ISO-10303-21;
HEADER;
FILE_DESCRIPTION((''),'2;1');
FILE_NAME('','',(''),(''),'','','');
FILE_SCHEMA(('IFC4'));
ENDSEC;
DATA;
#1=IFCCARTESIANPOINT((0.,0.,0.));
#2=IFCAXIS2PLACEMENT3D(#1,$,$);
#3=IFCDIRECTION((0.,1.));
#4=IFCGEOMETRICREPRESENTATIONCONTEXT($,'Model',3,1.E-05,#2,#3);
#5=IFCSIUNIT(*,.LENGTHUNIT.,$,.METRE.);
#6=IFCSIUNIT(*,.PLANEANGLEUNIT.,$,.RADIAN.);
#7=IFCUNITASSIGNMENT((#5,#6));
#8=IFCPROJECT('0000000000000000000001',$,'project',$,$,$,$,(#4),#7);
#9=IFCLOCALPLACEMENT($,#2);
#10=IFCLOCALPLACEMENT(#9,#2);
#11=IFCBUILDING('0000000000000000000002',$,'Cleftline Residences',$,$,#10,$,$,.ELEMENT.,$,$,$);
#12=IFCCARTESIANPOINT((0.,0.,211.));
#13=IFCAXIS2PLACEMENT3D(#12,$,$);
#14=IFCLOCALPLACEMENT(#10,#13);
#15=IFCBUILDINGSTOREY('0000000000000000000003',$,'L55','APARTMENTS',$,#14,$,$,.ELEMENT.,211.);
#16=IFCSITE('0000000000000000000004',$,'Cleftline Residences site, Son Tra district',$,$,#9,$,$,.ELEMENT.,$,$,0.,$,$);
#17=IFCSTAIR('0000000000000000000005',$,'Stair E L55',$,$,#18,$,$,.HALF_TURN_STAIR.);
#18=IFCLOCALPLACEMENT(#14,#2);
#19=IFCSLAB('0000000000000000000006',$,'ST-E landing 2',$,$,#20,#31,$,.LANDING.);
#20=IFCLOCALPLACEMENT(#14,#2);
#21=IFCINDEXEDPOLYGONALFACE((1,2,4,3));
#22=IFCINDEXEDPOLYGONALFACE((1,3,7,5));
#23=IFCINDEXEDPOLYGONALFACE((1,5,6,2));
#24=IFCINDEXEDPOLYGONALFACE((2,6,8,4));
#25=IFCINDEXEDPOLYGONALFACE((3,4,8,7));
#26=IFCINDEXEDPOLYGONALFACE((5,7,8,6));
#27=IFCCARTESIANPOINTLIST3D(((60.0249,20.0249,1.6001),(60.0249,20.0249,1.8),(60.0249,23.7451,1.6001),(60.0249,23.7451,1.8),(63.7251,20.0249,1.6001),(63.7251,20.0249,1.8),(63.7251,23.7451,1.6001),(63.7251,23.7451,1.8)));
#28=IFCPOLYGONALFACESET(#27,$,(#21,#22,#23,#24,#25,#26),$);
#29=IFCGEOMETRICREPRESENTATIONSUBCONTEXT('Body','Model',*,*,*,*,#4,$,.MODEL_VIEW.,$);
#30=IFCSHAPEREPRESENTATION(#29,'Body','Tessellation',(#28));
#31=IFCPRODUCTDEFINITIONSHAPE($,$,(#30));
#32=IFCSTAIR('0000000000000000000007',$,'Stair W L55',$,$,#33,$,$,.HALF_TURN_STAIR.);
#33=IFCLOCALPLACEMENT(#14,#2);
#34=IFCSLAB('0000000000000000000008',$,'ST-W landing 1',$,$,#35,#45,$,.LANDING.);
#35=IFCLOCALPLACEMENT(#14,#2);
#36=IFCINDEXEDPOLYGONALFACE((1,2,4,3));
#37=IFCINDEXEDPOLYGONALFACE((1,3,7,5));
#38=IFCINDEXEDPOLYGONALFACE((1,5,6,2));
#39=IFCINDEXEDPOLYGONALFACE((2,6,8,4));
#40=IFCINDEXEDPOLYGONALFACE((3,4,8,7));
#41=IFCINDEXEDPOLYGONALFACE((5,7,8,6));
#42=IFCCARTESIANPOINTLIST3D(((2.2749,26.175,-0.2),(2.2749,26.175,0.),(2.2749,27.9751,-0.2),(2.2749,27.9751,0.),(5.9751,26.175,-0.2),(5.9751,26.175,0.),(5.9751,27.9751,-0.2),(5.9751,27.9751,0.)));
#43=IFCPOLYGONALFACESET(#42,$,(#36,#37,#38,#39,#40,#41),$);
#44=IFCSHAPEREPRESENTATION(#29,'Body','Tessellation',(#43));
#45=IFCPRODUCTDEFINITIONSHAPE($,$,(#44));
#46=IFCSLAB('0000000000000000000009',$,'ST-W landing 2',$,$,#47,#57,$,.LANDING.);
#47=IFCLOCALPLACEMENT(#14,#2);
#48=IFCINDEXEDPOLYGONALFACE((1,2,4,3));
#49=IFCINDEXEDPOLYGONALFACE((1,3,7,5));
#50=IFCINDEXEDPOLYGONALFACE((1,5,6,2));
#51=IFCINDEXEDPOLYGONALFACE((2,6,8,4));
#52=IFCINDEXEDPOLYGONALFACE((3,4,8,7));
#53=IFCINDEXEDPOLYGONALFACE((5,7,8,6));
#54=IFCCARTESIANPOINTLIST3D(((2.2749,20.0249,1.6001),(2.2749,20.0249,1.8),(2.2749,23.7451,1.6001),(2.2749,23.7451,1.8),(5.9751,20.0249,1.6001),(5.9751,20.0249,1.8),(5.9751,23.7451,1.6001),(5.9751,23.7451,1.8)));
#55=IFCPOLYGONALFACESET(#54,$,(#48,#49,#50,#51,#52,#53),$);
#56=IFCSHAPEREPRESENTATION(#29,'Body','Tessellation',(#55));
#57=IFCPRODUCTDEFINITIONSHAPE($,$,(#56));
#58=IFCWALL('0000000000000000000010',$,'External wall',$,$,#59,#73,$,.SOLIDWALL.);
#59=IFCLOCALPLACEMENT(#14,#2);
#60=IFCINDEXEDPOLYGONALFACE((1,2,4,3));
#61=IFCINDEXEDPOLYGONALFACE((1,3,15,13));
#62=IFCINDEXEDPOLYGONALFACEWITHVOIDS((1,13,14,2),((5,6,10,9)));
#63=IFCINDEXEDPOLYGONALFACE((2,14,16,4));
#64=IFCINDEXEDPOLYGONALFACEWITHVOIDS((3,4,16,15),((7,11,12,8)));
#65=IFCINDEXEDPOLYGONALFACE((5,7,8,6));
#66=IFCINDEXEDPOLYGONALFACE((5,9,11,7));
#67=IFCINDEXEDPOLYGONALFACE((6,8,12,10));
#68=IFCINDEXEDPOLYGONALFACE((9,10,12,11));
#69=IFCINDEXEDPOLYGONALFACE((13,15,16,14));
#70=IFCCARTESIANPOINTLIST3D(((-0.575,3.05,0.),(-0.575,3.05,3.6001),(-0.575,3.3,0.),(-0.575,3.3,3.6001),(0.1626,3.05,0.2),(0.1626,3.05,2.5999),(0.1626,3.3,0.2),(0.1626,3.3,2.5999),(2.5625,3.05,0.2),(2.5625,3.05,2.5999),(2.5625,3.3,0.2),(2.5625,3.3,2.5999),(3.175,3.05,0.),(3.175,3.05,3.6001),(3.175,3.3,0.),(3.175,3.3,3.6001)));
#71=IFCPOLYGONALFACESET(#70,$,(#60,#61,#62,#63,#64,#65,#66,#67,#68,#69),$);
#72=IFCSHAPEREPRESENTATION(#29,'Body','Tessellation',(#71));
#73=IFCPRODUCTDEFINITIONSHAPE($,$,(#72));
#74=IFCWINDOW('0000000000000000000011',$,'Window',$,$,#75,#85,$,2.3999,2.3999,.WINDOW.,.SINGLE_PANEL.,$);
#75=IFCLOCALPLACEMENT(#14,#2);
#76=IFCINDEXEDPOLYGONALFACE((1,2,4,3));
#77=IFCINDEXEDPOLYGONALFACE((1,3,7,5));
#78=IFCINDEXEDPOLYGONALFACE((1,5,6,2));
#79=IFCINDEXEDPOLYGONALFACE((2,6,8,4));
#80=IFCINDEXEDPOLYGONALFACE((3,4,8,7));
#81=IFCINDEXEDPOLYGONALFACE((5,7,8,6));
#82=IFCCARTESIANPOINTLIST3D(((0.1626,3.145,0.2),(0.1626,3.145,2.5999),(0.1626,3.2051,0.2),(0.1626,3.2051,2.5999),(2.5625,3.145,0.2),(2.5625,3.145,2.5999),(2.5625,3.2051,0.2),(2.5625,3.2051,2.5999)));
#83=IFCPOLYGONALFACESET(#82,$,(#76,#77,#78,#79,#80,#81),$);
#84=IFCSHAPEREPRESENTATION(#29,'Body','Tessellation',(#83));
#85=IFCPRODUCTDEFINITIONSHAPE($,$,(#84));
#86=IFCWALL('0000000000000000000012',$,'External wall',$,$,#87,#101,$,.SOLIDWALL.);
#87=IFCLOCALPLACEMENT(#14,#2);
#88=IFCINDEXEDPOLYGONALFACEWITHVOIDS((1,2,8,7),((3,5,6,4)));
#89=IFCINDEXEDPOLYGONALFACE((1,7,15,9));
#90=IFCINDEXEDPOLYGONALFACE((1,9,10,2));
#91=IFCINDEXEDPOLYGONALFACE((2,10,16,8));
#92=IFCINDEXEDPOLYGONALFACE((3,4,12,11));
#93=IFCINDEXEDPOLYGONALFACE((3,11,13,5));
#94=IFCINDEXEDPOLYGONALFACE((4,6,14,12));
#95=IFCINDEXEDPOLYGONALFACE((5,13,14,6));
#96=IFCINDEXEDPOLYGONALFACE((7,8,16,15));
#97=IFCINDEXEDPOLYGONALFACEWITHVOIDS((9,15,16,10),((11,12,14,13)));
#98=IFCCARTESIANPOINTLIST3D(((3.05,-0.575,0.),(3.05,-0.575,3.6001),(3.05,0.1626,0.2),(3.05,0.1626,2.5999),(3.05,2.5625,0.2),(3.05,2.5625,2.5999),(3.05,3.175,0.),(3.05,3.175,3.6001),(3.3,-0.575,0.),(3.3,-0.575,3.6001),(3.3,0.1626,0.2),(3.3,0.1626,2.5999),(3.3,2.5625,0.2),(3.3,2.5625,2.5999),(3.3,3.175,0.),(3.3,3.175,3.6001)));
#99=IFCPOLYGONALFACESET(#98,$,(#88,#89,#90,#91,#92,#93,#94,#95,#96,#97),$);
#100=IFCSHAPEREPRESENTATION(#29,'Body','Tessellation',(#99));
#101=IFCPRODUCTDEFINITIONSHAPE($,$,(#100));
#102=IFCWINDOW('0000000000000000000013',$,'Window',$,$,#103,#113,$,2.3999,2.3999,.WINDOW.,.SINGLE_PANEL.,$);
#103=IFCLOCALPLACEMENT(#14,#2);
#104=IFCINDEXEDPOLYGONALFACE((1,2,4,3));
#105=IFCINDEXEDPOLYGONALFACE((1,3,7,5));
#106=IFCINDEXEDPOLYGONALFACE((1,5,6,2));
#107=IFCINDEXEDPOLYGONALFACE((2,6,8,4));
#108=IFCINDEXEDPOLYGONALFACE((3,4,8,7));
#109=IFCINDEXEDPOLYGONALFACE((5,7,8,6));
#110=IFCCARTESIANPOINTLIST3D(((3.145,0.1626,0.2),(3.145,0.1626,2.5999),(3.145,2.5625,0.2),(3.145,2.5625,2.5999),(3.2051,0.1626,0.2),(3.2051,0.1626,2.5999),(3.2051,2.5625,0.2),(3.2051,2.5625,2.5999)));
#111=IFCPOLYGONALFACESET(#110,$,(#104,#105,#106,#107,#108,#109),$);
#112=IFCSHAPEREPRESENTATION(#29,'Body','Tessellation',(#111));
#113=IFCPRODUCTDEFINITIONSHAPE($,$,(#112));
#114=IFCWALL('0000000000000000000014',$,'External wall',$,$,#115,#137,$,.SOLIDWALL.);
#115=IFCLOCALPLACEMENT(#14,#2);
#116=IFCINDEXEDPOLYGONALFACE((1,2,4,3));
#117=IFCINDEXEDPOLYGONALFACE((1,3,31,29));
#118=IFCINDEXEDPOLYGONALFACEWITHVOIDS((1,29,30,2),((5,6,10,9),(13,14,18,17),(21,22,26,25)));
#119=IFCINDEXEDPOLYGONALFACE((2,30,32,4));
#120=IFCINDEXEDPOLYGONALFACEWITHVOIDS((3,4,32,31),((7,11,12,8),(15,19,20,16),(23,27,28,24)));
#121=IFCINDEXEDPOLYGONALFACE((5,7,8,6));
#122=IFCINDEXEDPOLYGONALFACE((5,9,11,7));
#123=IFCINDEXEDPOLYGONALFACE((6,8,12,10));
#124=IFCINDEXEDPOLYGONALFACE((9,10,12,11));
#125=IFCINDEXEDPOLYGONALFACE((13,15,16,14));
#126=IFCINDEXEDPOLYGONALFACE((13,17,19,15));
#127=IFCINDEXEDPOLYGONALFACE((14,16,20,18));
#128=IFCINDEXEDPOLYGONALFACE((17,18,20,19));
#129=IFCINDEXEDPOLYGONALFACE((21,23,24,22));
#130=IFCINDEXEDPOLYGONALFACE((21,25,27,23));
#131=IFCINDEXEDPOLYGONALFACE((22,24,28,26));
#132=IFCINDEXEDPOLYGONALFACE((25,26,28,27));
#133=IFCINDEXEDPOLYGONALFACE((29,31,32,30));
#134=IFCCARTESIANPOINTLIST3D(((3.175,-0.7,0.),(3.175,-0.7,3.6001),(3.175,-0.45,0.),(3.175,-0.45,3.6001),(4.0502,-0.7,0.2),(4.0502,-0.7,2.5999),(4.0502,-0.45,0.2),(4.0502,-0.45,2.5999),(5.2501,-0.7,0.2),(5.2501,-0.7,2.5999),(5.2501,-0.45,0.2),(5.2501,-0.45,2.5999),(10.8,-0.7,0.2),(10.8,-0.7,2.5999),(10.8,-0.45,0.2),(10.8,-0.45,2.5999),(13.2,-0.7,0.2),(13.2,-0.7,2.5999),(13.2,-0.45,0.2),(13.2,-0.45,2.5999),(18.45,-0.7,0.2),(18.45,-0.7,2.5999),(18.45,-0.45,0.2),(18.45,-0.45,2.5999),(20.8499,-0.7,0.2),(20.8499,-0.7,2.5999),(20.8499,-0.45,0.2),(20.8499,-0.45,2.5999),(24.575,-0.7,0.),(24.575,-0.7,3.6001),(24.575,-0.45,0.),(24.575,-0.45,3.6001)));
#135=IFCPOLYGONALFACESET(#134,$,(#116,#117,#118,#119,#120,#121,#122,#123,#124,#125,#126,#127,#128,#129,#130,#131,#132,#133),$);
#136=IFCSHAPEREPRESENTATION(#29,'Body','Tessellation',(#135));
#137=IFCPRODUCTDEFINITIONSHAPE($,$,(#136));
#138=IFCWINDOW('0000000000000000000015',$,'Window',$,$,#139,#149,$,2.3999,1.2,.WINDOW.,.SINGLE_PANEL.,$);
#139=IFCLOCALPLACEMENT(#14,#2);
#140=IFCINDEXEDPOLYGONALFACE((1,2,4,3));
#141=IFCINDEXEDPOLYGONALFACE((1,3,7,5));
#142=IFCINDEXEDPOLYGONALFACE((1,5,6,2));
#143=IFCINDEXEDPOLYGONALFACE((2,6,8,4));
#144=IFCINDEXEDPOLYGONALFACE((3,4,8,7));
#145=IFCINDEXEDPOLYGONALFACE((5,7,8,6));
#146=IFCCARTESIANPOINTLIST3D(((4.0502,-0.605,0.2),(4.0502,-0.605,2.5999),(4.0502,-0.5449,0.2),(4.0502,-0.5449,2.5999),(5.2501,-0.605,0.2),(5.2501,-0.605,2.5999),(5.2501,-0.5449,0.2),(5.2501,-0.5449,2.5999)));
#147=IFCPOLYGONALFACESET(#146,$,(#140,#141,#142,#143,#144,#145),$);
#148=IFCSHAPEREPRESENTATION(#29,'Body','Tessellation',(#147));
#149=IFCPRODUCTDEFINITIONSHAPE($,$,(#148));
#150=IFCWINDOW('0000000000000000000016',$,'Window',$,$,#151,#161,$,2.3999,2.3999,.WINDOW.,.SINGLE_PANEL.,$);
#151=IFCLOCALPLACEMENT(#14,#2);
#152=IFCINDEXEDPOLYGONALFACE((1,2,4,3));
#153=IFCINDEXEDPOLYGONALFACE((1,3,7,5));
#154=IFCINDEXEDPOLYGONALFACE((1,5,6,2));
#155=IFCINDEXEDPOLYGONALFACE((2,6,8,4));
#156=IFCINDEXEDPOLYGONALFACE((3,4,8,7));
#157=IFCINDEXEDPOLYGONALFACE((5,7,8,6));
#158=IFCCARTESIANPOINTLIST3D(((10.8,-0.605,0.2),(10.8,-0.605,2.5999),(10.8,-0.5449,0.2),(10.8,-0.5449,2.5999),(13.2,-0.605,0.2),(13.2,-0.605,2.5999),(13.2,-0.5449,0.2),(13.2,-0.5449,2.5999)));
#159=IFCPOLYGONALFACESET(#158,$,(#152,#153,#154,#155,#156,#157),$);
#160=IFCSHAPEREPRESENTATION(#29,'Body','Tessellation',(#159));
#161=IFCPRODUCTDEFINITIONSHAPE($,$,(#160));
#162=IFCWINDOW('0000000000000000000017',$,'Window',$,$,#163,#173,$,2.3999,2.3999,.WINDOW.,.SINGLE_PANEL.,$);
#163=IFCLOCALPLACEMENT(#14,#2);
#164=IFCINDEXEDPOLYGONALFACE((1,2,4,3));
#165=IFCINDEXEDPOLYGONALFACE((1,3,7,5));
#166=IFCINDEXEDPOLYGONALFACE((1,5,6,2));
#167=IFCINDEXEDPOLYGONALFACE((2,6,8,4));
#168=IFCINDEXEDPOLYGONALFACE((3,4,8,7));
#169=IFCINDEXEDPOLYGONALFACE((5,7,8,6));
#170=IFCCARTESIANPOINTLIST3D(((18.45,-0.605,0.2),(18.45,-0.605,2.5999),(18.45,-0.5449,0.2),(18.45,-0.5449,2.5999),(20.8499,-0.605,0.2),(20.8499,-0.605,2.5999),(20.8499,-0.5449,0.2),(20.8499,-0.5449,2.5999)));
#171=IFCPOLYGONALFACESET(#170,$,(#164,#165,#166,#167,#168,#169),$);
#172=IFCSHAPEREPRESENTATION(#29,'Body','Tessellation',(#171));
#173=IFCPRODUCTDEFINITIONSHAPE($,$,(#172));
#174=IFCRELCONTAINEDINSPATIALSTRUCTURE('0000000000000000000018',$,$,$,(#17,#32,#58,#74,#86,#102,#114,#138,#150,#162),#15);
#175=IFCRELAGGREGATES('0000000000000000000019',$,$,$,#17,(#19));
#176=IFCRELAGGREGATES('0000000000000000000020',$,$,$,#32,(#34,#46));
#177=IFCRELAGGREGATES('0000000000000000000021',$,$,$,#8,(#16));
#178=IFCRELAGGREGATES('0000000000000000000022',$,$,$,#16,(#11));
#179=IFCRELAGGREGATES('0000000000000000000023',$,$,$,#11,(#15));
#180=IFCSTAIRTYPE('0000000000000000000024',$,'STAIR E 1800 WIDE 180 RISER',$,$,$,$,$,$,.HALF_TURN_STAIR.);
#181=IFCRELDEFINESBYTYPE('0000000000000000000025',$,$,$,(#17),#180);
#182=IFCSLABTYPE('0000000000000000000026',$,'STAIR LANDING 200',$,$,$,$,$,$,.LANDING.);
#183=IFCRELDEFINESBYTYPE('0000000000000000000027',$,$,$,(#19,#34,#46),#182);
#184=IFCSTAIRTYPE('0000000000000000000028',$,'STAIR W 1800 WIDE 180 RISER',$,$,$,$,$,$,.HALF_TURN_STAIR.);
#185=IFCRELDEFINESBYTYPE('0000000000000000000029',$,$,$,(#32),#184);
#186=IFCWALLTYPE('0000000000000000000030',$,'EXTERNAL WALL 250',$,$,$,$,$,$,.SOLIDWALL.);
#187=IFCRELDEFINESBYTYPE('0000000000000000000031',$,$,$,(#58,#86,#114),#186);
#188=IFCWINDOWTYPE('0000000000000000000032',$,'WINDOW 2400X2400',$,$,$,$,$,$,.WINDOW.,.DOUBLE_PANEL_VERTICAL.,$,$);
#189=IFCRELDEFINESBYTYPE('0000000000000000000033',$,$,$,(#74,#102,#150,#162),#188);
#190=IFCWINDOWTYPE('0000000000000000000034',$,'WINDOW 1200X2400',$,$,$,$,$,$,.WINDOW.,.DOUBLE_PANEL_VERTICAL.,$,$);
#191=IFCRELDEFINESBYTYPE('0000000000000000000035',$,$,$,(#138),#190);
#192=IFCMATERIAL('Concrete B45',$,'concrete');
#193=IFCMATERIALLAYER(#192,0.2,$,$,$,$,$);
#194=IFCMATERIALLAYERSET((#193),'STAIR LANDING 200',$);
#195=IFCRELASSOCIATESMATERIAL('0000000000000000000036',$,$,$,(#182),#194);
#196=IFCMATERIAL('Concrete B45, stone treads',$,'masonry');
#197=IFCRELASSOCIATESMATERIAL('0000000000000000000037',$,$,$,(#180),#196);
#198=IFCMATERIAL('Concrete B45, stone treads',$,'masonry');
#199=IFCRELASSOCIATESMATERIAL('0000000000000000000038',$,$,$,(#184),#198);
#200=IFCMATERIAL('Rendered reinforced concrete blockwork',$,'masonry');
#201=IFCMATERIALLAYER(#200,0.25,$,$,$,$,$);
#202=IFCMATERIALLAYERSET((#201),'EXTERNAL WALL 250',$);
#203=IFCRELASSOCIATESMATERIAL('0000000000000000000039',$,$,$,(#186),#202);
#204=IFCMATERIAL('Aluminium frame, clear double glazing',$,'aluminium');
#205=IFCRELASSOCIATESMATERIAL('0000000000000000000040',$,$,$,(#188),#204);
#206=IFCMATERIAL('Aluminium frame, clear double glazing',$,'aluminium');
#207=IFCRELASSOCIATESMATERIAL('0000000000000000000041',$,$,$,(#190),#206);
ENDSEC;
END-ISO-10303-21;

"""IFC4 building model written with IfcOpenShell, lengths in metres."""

from ifc_helpers import new_model, si_unit, direction, frame, frame_2d, origin, place, context, subcontext, project, spatial, polyline, rectangle, outline, extrude, material, layer, layer_set, type_object, element, fill, aggregate, save


model = new_model("IFC4")

# Units and contexts
model_context = context("Model", 3, precision=1e-05, world=origin(), true_north=direction((0.0, 1.0)))
body_context = subcontext(model_context, "Body", "Model", "MODEL_VIEW")
ifc_project = project(units=[si_unit("LENGTHUNIT", "METRE"), si_unit("PLANEANGLEUNIT", "RADIAN")], contexts=[model_context])

# Site, building, storey
site_placement = place(None, origin())
site = spatial("IfcSite", under=ifc_project, at=site_placement, Name="Cleftline Residences site, Son Tra district", CompositionType="ELEMENT", RefElevation=0.0)
building_placement = place(site_placement, origin())
building = spatial("IfcBuilding", under=site, at=building_placement, Name="Cleftline Residences", CompositionType="ELEMENT")
storey_placement = place(building_placement, frame((0.0, 0.0, 211.0)))
storey = spatial("IfcBuildingStorey", under=building, at=storey_placement, Name="L55", Description="APARTMENTS", CompositionType="ELEMENT", Elevation=211.0)

# Stairs, slabs
ifc_material_1 = material(Name="Concrete B45", Category="concrete")
ifc_layer_1 = layer(ifc_material_1, 0.2)
ifc_layer_set_1 = layer_set([ifc_layer_1], Name="STAIR LANDING 200")
slab_type_1 = type_object("IfcSlabType", Name="STAIR LANDING 200", PredefinedType="LANDING", material=ifc_layer_set_1)
ifc_material_2 = material(Name="Concrete B45, stone treads", Category="masonry")
stair_type_1 = type_object("IfcStairType", Name="STAIR E 1800 WIDE 180 RISER", PredefinedType="HALF_TURN_STAIR", material=ifc_material_2)
stair_1_placement = place(storey_placement, origin())
stair_1 = element("IfcStair", 1, at=stair_1_placement, inside=storey, type_object=stair_type_1, Name="Stair E L55", PredefinedType="HALF_TURN_STAIR")
slab_1_placement = place(storey_placement, frame((0.0, 0.0, 1.6001)))
slab_1 = element("IfcSlab", 2, at=slab_1_placement, type_object=slab_type_1, Name="ST-E landing 2", PredefinedType="LANDING", context=body_context, shape_type="SweptSolid", body=[
    extrude(outline(polyline([(60.0249, 20.0249), (63.7251, 20.0249), (63.7251, 23.7451), (60.0249, 23.7451), (60.0249, 20.0249)])), origin(), (0.0, 0.0, 1.0), 0.2),
])
aggregate(stair_1, [slab_1])
ifc_material_3 = material(Name="Concrete B45, stone treads", Category="masonry")
stair_type_2 = type_object("IfcStairType", Name="STAIR W 1800 WIDE 180 RISER", PredefinedType="HALF_TURN_STAIR", material=ifc_material_3)
stair_2_placement = place(storey_placement, origin())
stair_2 = element("IfcStair", 3, at=stair_2_placement, inside=storey, type_object=stair_type_2, Name="Stair W L55", PredefinedType="HALF_TURN_STAIR")
slab_2_placement = place(storey_placement, frame((0.0, 0.0, -0.2)))
slab_2 = element("IfcSlab", 4, at=slab_2_placement, type_object=slab_type_1, Name="ST-W landing 1", PredefinedType="LANDING", context=body_context, shape_type="SweptSolid", body=[
    extrude(outline(polyline([(2.2749, 26.175), (5.9751, 26.175), (5.9751, 27.9751), (2.2749, 27.9751), (2.2749, 26.175)])), origin(), (0.0, 0.0, 1.0), 0.2),
])
slab_3_placement = place(storey_placement, frame((0.0, 0.0, 1.6001)))
slab_3 = element("IfcSlab", 5, at=slab_3_placement, type_object=slab_type_1, Name="ST-W landing 2", PredefinedType="LANDING", context=body_context, shape_type="SweptSolid", body=[
    extrude(outline(polyline([(2.2749, 20.0249), (5.9751, 20.0249), (5.9751, 23.7451), (2.2749, 23.7451), (2.2749, 20.0249)])), origin(), (0.0, 0.0, 1.0), 0.2),
])
aggregate(stair_2, [slab_2, slab_3])

# Walls, openings, windows
ifc_material_4 = material(Name="Rendered reinforced concrete blockwork", Category="masonry")
ifc_layer_2 = layer(ifc_material_4, 0.25)
ifc_layer_set_2 = layer_set([ifc_layer_2], Name="EXTERNAL WALL 250")
wall_type_1 = type_object("IfcWallType", Name="EXTERNAL WALL 250", PredefinedType="SOLIDWALL", material=ifc_layer_set_2)
wall_1_placement = place(storey_placement, frame((-0.575, 3.175, 0.0), z_axis=(0.0, 0.0, 1.0), x_axis=(1.0, 0.0, 0.0)))
wall_1 = element("IfcWall", 6, at=wall_1_placement, inside=storey, type_object=wall_type_1, Name="External wall", PredefinedType="SOLIDWALL", context=body_context, shape_type="SweptSolid", body=[
    extrude(rectangle(XDim=3.75, YDim=0.25, at=frame_2d((1.875, 0.0))), origin(), (0.0, 0.0, 1.0), 3.6001),
])
opening_1_placement = place(wall_1_placement, frame((0.7375, 0.0, 0.2)))
opening_1 = element("IfcOpeningElement", 7, at=opening_1_placement, cuts=wall_1, PredefinedType="OPENING", context=body_context, shape_type="SweptSolid", body=[
    extrude(rectangle(XDim=2.3999, YDim=2.3999, at=frame_2d((1.2, 1.2))), frame((0.0, 0.135, 0.0), z_axis=(0.0, -1.0, 0.0), x_axis=(1.0, 0.0, 0.0)), (0.0, 0.0, 1.0), 0.27),
])
ifc_material_5 = material(Name="Aluminium frame, clear double glazing", Category="aluminium")
window_type_1 = type_object("IfcWindowType", Name="WINDOW 2400X2400", PartitioningType="DOUBLE_PANEL_VERTICAL", PredefinedType="WINDOW", material=ifc_material_5)
window_1_placement = place(opening_1_placement, origin())
window_1 = element("IfcWindow", 8, at=window_1_placement, inside=storey, type_object=window_type_1, Name="Window", OverallHeight=2.3999, OverallWidth=2.3999, PartitioningType="SINGLE_PANEL", PredefinedType="WINDOW", context=body_context, shape_type="SweptSolid", body=[
    extrude(rectangle(XDim=2.3999, YDim=2.3999, at=frame_2d((1.2, 1.2))), frame((0.0, 0.03, 0.0), z_axis=(0.0, -1.0, 0.0), x_axis=(1.0, 0.0, 0.0)), (0.0, 0.0, 1.0), 0.0601),
])
fill(opening_1, window_1)
wall_2_placement = place(storey_placement, frame((3.175, 3.175, 0.0), z_axis=(0.0, 0.0, 1.0), x_axis=(0.0, -1.0, 0.0)))
wall_2 = element("IfcWall", 9, at=wall_2_placement, inside=storey, type_object=wall_type_1, Name="External wall", PredefinedType="SOLIDWALL", context=body_context, shape_type="SweptSolid", body=[
    extrude(rectangle(XDim=3.75, YDim=0.25, at=frame_2d((1.875, 0.0))), origin(), (0.0, 0.0, 1.0), 3.6001),
])
opening_2_placement = place(wall_2_placement, frame((0.6125, 0.0, 0.2)))
opening_2 = element("IfcOpeningElement", 10, at=opening_2_placement, cuts=wall_2, PredefinedType="OPENING", context=body_context, shape_type="SweptSolid", body=[
    extrude(rectangle(XDim=2.3999, YDim=2.3999, at=frame_2d((1.2, 1.2))), frame((0.0, 0.135, 0.0), z_axis=(0.0, -1.0, 0.0), x_axis=(1.0, 0.0, 0.0)), (0.0, 0.0, 1.0), 0.27),
])
window_2_placement = place(opening_2_placement, origin())
window_2 = element("IfcWindow", 11, at=window_2_placement, inside=storey, type_object=window_type_1, Name="Window", OverallHeight=2.3999, OverallWidth=2.3999, PartitioningType="SINGLE_PANEL", PredefinedType="WINDOW", context=body_context, shape_type="SweptSolid", body=[
    extrude(rectangle(XDim=2.3999, YDim=2.3999, at=frame_2d((1.2, 1.2))), frame((0.0, 0.03, 0.0), z_axis=(0.0, -1.0, 0.0), x_axis=(1.0, 0.0, 0.0)), (0.0, 0.0, 1.0), 0.0601),
])
fill(opening_2, window_2)

# Wall, openings, windows
wall_3_placement = place(storey_placement, frame((3.175, -0.575, 0.0), z_axis=(0.0, 0.0, 1.0), x_axis=(1.0, 0.0, 0.0)))
wall_3 = element("IfcWall", 12, at=wall_3_placement, inside=storey, type_object=wall_type_1, Name="External wall", PredefinedType="SOLIDWALL", context=body_context, shape_type="SweptSolid", body=[
    extrude(rectangle(XDim=21.3999, YDim=0.25, at=frame_2d((10.7, 0.0))), origin(), (0.0, 0.0, 1.0), 3.6001),
])
opening_3_placement = place(wall_3_placement, frame((0.875, 0.0, 0.2)))
opening_3 = element("IfcOpeningElement", 13, at=opening_3_placement, cuts=wall_3, PredefinedType="OPENING", context=body_context, shape_type="SweptSolid", body=[
    extrude(rectangle(XDim=1.2, YDim=2.3999, at=frame_2d((0.6001, 1.2))), frame((0.0, 0.135, 0.0), z_axis=(0.0, -1.0, 0.0), x_axis=(1.0, 0.0, 0.0)), (0.0, 0.0, 1.0), 0.27),
])
opening_4_placement = place(wall_3_placement, frame((7.625, 0.0, 0.2)))
opening_4 = element("IfcOpeningElement", 14, at=opening_4_placement, cuts=wall_3, PredefinedType="OPENING", context=body_context, shape_type="SweptSolid", body=[
    extrude(rectangle(XDim=2.3999, YDim=2.3999, at=frame_2d((1.2, 1.2))), frame((0.0, 0.135, 0.0), z_axis=(0.0, -1.0, 0.0), x_axis=(1.0, 0.0, 0.0)), (0.0, 0.0, 1.0), 0.27),
])
opening_5_placement = place(wall_3_placement, frame((15.2749, 0.0, 0.2)))
opening_5 = element("IfcOpeningElement", 15, at=opening_5_placement, cuts=wall_3, PredefinedType="OPENING", context=body_context, shape_type="SweptSolid", body=[
    extrude(rectangle(XDim=2.3999, YDim=2.3999, at=frame_2d((1.2, 1.2))), frame((0.0, 0.135, 0.0), z_axis=(0.0, -1.0, 0.0), x_axis=(1.0, 0.0, 0.0)), (0.0, 0.0, 1.0), 0.27),
])
ifc_material_6 = material(Name="Aluminium frame, clear double glazing", Category="aluminium")
window_type_2 = type_object("IfcWindowType", Name="WINDOW 1200X2400", PartitioningType="DOUBLE_PANEL_VERTICAL", PredefinedType="WINDOW", material=ifc_material_6)
window_3_placement = place(opening_3_placement, origin())
window_3 = element("IfcWindow", 16, at=window_3_placement, inside=storey, type_object=window_type_2, Name="Window", OverallHeight=2.3999, OverallWidth=1.2, PartitioningType="SINGLE_PANEL", PredefinedType="WINDOW", context=body_context, shape_type="SweptSolid", body=[
    extrude(rectangle(XDim=1.2, YDim=2.3999, at=frame_2d((0.6001, 1.2))), frame((0.0, 0.03, 0.0), z_axis=(0.0, -1.0, 0.0), x_axis=(1.0, 0.0, 0.0)), (0.0, 0.0, 1.0), 0.0601),
])
fill(opening_3, window_3)
window_4_placement = place(opening_4_placement, origin())
window_4 = element("IfcWindow", 17, at=window_4_placement, inside=storey, type_object=window_type_1, Name="Window", OverallHeight=2.3999, OverallWidth=2.3999, PartitioningType="SINGLE_PANEL", PredefinedType="WINDOW", context=body_context, shape_type="SweptSolid", body=[
    extrude(rectangle(XDim=2.3999, YDim=2.3999, at=frame_2d((1.2, 1.2))), frame((0.0, 0.03, 0.0), z_axis=(0.0, -1.0, 0.0), x_axis=(1.0, 0.0, 0.0)), (0.0, 0.0, 1.0), 0.0601),
])
fill(opening_4, window_4)
window_5_placement = place(opening_5_placement, origin())
window_5 = element("IfcWindow", 18, at=window_5_placement, inside=storey, type_object=window_type_1, Name="Window", OverallHeight=2.3999, OverallWidth=2.3999, PartitioningType="SINGLE_PANEL", PredefinedType="WINDOW", context=body_context, shape_type="SweptSolid", body=[
    extrude(rectangle(XDim=2.3999, YDim=2.3999, at=frame_2d((1.2, 1.2))), frame((0.0, 0.03, 0.0), z_axis=(0.0, -1.0, 0.0), x_axis=(1.0, 0.0, 0.0)), (0.0, 0.0, 1.0), 0.0601),
])
fill(opening_5, window_5)

save(model, "model.ifc")
